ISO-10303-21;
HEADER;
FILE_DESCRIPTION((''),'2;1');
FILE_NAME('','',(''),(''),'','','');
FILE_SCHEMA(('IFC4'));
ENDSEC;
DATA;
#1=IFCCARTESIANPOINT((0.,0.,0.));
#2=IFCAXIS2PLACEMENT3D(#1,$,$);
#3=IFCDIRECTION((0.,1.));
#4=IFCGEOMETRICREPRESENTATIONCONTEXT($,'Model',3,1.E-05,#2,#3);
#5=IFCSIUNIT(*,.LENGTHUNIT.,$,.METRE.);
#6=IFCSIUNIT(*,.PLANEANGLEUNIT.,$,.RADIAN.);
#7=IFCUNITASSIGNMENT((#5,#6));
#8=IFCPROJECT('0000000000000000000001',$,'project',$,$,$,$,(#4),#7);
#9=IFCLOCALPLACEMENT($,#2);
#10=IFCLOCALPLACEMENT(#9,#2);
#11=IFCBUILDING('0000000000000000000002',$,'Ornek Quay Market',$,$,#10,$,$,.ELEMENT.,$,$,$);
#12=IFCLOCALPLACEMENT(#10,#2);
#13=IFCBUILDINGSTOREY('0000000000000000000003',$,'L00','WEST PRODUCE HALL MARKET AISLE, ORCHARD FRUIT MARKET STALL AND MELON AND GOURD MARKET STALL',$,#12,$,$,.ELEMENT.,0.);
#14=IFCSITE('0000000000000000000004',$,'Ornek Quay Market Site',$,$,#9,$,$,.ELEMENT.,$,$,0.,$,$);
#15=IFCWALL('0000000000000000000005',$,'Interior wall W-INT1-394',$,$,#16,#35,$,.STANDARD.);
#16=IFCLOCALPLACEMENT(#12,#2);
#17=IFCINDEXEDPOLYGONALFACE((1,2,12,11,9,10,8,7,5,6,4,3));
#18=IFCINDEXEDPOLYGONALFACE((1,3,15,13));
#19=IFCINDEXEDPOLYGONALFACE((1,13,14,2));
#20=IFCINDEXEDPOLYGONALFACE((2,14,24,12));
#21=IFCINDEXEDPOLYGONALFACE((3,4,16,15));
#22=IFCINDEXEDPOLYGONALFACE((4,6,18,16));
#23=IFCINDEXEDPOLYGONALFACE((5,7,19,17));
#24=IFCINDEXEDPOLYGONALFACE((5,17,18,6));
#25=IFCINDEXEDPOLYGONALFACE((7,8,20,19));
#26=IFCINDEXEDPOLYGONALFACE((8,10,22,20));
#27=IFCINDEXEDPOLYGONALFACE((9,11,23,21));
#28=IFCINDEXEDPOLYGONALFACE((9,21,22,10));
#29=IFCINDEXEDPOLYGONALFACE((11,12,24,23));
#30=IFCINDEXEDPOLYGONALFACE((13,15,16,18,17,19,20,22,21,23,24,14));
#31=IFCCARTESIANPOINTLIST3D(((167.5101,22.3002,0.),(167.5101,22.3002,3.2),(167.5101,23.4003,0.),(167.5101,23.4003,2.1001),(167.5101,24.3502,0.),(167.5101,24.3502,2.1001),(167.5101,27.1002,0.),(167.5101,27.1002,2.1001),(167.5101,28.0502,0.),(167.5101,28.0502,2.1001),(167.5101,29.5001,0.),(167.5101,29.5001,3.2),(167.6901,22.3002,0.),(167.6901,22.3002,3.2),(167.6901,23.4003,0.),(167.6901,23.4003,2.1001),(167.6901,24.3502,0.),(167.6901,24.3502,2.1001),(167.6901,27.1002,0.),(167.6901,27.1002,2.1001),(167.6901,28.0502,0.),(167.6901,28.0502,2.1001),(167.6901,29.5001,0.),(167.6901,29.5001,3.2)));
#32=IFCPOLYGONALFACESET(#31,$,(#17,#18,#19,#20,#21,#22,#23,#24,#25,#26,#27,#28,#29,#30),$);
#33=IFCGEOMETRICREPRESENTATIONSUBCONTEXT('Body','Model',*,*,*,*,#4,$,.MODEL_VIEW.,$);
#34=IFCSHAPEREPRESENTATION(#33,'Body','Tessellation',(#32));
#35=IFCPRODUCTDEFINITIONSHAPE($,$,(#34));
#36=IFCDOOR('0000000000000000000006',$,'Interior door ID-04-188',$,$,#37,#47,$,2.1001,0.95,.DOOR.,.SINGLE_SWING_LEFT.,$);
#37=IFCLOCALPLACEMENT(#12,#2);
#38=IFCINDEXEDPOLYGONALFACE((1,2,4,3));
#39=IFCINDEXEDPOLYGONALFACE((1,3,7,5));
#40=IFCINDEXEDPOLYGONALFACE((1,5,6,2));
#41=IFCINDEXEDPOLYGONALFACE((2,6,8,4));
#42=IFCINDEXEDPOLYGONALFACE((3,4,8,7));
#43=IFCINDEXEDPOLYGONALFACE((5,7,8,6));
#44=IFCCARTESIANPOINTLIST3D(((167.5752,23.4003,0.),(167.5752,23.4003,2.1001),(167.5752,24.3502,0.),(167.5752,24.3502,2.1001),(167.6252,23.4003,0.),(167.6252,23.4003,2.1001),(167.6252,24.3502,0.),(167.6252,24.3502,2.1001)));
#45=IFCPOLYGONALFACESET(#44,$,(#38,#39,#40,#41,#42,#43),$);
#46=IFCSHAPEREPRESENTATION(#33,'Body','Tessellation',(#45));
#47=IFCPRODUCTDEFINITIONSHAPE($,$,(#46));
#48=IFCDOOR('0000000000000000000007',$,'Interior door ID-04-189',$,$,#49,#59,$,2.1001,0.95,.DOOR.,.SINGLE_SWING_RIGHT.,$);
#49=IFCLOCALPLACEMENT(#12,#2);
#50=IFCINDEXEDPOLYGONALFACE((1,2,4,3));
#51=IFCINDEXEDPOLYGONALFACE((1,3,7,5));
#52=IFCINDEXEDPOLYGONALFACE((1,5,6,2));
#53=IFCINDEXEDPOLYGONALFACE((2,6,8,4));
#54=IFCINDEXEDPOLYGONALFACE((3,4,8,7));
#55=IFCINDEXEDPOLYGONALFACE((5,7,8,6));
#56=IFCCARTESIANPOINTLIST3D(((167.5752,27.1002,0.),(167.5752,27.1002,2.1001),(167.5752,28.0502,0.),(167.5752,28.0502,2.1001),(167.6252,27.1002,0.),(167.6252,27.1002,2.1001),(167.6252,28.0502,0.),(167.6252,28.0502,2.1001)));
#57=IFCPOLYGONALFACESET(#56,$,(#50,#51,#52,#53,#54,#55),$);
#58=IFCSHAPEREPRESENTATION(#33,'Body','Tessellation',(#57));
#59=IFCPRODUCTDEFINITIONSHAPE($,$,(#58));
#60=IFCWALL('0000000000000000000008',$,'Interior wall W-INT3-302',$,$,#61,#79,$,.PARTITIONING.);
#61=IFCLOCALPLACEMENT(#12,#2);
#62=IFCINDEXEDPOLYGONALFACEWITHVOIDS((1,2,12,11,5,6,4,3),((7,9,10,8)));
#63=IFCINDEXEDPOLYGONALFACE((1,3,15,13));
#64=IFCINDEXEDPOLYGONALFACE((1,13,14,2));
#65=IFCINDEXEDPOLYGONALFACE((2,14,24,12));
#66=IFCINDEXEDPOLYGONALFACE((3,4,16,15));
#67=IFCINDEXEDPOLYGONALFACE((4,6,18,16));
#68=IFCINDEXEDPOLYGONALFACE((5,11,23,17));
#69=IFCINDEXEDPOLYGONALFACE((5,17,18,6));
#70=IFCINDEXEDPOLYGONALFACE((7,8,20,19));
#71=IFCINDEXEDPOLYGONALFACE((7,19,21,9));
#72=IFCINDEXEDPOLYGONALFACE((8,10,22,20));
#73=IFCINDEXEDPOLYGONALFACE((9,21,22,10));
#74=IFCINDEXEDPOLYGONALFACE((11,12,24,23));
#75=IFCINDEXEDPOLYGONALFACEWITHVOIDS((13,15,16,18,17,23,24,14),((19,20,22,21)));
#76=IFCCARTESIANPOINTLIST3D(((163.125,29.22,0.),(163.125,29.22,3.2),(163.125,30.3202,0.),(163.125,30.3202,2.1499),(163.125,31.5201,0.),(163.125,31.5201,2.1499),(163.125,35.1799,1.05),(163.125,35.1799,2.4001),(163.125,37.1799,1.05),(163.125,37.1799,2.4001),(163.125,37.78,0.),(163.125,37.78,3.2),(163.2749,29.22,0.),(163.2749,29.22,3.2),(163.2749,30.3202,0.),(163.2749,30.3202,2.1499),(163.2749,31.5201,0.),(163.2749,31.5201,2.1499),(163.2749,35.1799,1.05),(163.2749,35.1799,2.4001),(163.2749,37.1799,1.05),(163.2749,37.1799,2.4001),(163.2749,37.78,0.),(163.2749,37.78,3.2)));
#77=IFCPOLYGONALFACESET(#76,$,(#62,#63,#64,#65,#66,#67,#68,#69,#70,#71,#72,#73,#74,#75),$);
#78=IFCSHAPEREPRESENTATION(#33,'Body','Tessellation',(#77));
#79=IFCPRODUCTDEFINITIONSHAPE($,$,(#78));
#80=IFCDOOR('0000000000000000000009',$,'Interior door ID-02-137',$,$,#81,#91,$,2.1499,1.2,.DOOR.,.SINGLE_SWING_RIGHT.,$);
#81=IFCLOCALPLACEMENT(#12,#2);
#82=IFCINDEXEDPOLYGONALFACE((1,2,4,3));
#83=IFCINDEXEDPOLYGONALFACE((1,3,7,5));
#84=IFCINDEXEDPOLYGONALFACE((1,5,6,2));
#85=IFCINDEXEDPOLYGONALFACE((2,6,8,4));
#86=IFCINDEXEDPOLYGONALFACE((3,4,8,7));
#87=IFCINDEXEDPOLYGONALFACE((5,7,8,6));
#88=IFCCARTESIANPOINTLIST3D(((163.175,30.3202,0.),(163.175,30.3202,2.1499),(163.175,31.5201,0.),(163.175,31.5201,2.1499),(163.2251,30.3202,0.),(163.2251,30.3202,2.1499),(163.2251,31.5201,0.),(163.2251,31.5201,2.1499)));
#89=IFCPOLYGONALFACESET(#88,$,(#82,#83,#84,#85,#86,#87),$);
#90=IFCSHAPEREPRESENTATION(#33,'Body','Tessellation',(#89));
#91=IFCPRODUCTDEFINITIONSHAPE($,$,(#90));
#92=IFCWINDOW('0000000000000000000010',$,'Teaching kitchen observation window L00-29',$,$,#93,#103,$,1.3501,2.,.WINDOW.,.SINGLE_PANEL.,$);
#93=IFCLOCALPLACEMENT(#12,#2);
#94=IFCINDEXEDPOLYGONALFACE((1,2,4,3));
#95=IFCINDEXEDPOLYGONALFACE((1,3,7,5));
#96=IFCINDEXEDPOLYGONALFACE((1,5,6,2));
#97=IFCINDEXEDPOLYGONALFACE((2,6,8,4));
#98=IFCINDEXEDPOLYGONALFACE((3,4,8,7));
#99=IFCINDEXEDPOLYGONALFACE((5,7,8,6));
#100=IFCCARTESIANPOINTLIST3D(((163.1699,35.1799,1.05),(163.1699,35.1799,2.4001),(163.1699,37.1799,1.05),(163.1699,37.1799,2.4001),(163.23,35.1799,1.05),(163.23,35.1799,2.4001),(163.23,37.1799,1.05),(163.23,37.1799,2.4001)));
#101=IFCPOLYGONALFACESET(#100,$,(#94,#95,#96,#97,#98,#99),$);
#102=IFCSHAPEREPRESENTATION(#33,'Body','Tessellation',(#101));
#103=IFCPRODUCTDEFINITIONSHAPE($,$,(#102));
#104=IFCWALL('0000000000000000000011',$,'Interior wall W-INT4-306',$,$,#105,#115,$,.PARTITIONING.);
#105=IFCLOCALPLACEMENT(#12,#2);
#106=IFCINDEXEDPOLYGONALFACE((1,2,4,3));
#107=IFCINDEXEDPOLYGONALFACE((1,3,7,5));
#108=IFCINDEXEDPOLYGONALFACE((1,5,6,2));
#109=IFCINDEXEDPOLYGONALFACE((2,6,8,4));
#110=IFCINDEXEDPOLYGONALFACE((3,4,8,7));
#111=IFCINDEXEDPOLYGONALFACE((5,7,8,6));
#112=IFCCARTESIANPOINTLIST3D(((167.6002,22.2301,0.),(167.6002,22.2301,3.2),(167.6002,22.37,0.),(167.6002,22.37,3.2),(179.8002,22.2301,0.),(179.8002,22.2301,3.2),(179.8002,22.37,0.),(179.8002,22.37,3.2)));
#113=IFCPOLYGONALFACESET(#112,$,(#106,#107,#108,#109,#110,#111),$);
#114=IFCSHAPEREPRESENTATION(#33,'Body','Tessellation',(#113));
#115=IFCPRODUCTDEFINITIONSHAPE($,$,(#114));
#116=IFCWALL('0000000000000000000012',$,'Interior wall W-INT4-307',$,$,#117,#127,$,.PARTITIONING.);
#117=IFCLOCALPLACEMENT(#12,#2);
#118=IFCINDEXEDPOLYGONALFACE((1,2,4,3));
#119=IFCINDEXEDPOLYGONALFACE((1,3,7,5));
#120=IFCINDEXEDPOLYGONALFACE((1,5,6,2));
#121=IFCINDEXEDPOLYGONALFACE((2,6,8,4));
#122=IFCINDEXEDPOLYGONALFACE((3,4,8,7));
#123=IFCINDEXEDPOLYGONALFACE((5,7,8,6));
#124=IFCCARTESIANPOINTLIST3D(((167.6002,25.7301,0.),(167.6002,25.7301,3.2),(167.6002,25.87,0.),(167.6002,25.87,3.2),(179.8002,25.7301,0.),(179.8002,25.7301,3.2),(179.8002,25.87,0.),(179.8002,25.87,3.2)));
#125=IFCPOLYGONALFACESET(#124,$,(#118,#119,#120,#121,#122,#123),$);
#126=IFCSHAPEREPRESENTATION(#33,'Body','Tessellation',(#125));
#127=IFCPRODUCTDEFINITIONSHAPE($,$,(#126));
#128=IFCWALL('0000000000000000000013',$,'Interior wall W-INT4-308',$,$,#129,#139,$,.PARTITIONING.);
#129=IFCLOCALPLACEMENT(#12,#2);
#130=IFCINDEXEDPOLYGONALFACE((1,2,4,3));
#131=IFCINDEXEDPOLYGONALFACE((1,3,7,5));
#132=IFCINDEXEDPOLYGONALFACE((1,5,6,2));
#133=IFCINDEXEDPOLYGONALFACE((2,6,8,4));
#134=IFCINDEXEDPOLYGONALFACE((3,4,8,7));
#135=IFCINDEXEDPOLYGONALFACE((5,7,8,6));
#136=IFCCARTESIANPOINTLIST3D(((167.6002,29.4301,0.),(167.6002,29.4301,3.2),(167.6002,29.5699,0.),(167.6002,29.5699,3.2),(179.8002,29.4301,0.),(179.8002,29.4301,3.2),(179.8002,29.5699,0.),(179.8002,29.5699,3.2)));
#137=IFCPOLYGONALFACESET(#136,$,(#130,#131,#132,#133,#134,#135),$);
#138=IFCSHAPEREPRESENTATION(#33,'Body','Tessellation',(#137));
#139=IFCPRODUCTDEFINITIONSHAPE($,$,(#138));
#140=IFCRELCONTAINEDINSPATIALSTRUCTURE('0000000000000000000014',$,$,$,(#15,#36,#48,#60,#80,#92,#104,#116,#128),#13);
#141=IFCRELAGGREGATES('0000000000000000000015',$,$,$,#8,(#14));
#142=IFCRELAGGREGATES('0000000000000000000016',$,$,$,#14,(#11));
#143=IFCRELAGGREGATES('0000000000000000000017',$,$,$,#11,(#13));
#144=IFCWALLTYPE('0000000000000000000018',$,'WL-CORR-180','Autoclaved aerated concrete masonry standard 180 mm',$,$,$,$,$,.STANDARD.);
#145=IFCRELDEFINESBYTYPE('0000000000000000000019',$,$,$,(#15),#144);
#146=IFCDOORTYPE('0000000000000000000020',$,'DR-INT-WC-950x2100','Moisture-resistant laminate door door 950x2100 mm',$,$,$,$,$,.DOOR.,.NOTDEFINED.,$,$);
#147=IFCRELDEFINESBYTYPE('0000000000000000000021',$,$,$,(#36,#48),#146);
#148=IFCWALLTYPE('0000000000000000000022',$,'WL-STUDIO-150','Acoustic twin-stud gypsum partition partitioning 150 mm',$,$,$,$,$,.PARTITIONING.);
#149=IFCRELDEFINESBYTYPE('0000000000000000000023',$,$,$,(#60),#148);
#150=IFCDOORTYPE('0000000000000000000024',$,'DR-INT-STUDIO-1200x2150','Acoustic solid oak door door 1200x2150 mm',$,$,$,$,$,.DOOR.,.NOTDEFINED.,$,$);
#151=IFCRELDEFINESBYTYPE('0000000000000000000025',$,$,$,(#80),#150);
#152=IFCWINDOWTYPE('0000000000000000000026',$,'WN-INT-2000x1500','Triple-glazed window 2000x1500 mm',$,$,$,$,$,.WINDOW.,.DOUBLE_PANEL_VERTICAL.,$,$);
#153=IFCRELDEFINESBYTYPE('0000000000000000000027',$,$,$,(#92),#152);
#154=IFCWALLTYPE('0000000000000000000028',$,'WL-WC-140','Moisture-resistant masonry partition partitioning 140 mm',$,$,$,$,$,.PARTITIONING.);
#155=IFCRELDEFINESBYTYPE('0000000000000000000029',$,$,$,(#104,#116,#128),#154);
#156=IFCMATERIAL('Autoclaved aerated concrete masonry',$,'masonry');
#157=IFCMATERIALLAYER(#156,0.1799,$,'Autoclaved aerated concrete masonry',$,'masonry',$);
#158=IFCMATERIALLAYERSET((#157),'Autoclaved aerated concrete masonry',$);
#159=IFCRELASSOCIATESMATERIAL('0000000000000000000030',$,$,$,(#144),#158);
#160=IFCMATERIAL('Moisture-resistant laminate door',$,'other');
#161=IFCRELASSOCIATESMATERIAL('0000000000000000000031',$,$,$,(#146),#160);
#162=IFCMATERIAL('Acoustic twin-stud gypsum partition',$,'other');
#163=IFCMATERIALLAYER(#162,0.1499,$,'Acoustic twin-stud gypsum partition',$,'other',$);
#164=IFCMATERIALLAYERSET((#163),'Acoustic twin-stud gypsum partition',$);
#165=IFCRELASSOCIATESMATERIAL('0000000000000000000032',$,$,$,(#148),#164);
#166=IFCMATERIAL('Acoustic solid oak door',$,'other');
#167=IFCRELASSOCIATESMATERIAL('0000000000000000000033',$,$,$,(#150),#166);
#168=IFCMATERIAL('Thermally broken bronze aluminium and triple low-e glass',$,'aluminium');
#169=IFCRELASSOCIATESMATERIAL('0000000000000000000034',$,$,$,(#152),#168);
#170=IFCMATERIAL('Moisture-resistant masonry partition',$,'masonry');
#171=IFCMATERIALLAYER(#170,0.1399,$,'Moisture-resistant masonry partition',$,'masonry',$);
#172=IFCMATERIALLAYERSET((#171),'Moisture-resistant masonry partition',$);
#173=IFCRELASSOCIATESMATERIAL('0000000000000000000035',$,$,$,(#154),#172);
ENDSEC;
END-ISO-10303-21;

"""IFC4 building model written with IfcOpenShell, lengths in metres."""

from ifc_helpers import new_model, si_unit, direction, frame, frame_2d, origin, place, context, subcontext, project, spatial, rectangle, extrude, material, layer, layer_set, type_object, element, fill, save


model = new_model("IFC4")

# Units and contexts
model_context = context("Model", 3, precision=1e-05, world=origin(), true_north=direction((0.0, 1.0)))
body_context = subcontext(model_context, "Body", "Model", "MODEL_VIEW")
ifc_project = project(units=[si_unit("LENGTHUNIT", "METRE"), si_unit("PLANEANGLEUNIT", "RADIAN")], contexts=[model_context])

# Site, building, storey
site_placement = place(None, origin())
site = spatial("IfcSite", under=ifc_project, at=site_placement, Name="Ornek Quay Market Site", CompositionType="ELEMENT", RefElevation=0.0)
building_placement = place(site_placement, origin())
building = spatial("IfcBuilding", under=site, at=building_placement, Name="Ornek Quay Market", CompositionType="ELEMENT")
storey_placement = place(building_placement, origin())
storey = spatial("IfcBuildingStorey", under=building, at=storey_placement, Name="L00", Description="WEST PRODUCE HALL MARKET AISLE, ORCHARD FRUIT MARKET STALL AND MELON AND GOURD MARKET STALL", CompositionType="ELEMENT", Elevation=0.0)

# Wall, openings, doors
ifc_material_1 = material(Name="Autoclaved aerated concrete masonry", Category="masonry")
ifc_layer_1 = layer(ifc_material_1, 0.1799, Name="Autoclaved aerated concrete masonry", Category="masonry")
ifc_layer_set_1 = layer_set([ifc_layer_1], Name="Autoclaved aerated concrete masonry")
wall_type_1 = type_object("IfcWallType", Name="WL-CORR-180", Description="Autoclaved aerated concrete masonry standard 180 mm", PredefinedType="STANDARD", material=ifc_layer_set_1)
wall_1_placement = place(storey_placement, frame((167.6001, 22.3, 0.0), z_axis=(0.0, 0.0, 1.0), x_axis=(0.0, 1.0, 0.0)))
wall_1 = element("IfcWall", 1, at=wall_1_placement, inside=storey, type_object=wall_type_1, Name="Interior wall W-INT1-394", PredefinedType="STANDARD", context=body_context, shape_type="SweptSolid", body=[
    extrude(rectangle(XDim=7.2, YDim=0.1799, at=frame_2d((3.6001, 0.0))), origin(), (0.0, 0.0, 1.0), 3.2),
])
opening_1_placement = place(wall_1_placement, frame((1.1001, 0.0, 0.0)))
opening_1 = element("IfcOpeningElement", 2, at=opening_1_placement, cuts=wall_1, PredefinedType="OPENING", context=body_context, shape_type="SweptSolid", body=[
    extrude(rectangle(XDim=0.95, YDim=2.1001, at=frame_2d((0.4751, 1.05))), frame((0.0, 0.0999, 0.0), z_axis=(0.0, -1.0, 0.0), x_axis=(1.0, 0.0, 0.0)), (0.0, 0.0, 1.0), 0.2),
])
opening_2_placement = place(wall_1_placement, frame((4.8, 0.0, 0.0)))
opening_2 = element("IfcOpeningElement", 3, at=opening_2_placement, cuts=wall_1, PredefinedType="OPENING", context=body_context, shape_type="SweptSolid", body=[
    extrude(rectangle(XDim=0.95, YDim=2.1001, at=frame_2d((0.4751, 1.05))), frame((0.0, 0.0999, 0.0), z_axis=(0.0, -1.0, 0.0), x_axis=(1.0, 0.0, 0.0)), (0.0, 0.0, 1.0), 0.2),
])
ifc_material_2 = material(Name="Moisture-resistant laminate door", Category="other")
door_type_1 = type_object("IfcDoorType", Name="DR-INT-WC-950x2100", Description="Moisture-resistant laminate door door 950x2100 mm", OperationType="NOTDEFINED", PredefinedType="DOOR", material=ifc_material_2)
door_1_placement = place(opening_1_placement, origin())
door_1 = element("IfcDoor", 4, at=door_1_placement, inside=storey, type_object=door_type_1, Name="Interior door ID-04-188", OperationType="SINGLE_SWING_LEFT", OverallHeight=2.1001, OverallWidth=0.95, PredefinedType="DOOR", context=body_context, shape_type="SweptSolid", body=[
    extrude(rectangle(XDim=0.95, YDim=2.1001, at=frame_2d((0.4751, 1.05))), frame((0.0, 0.0249, 0.0), z_axis=(0.0, -1.0, 0.0), x_axis=(1.0, 0.0, 0.0)), (0.0, 0.0, 1.0), 0.05),
])
fill(opening_1, door_1)
door_2_placement = place(opening_2_placement, origin())
door_2 = element("IfcDoor", 5, at=door_2_placement, inside=storey, type_object=door_type_1, Name="Interior door ID-04-189", OperationType="SINGLE_SWING_RIGHT", OverallHeight=2.1001, OverallWidth=0.95, PredefinedType="DOOR", context=body_context, shape_type="SweptSolid", body=[
    extrude(rectangle(XDim=0.95, YDim=2.1001, at=frame_2d((0.4751, 1.05))), frame((0.0, 0.0249, 0.0), z_axis=(0.0, -1.0, 0.0), x_axis=(1.0, 0.0, 0.0)), (0.0, 0.0, 1.0), 0.05),
])
fill(opening_2, door_2)

# Wall, openings, door, window
ifc_material_3 = material(Name="Acoustic twin-stud gypsum partition", Category="other")
ifc_layer_2 = layer(ifc_material_3, 0.1499, Name="Acoustic twin-stud gypsum partition", Category="other")
ifc_layer_set_2 = layer_set([ifc_layer_2], Name="Acoustic twin-stud gypsum partition")
wall_type_2 = type_object("IfcWallType", Name="WL-STUDIO-150", Description="Acoustic twin-stud gypsum partition partitioning 150 mm", PredefinedType="PARTITIONING", material=ifc_layer_set_2)
wall_2_placement = place(storey_placement, frame((163.2, 29.22, 0.0), z_axis=(0.0, 0.0, 1.0), x_axis=(0.0, 1.0, 0.0)))
wall_2 = element("IfcWall", 6, at=wall_2_placement, inside=storey, type_object=wall_type_2, Name="Interior wall W-INT3-302", PredefinedType="PARTITIONING", context=body_context, shape_type="SweptSolid", body=[
    extrude(rectangle(XDim=8.5601, YDim=0.1499, at=frame_2d((4.28, 0.0))), origin(), (0.0, 0.0, 1.0), 3.2),
])
opening_3_placement = place(wall_2_placement, frame((1.1001, 0.0, 0.0)))
opening_3 = element("IfcOpeningElement", 7, at=opening_3_placement, cuts=wall_2, PredefinedType="OPENING", context=body_context, shape_type="SweptSolid", body=[
    extrude(rectangle(XDim=1.2, YDim=2.1499, at=frame_2d((0.6001, 1.075))), frame((0.0, 0.085, 0.0), z_axis=(0.0, -1.0, 0.0), x_axis=(1.0, 0.0, 0.0)), (0.0, 0.0, 1.0), 0.1699),
])
opening_4_placement = place(wall_2_placement, frame((5.96, 0.0, 1.05)))
opening_4 = element("IfcOpeningElement", 8, at=opening_4_placement, cuts=wall_2, PredefinedType="OPENING", context=body_context, shape_type="SweptSolid", body=[
    extrude(rectangle(XDim=2.0, YDim=1.3501, at=frame_2d((1.0, 0.675))), frame((0.0, 0.085, 0.0), z_axis=(0.0, -1.0, 0.0), x_axis=(1.0, 0.0, 0.0)), (0.0, 0.0, 1.0), 0.1699),
])
ifc_material_4 = material(Name="Acoustic solid oak door", Category="other")
door_type_2 = type_object("IfcDoorType", Name="DR-INT-STUDIO-1200x2150", Description="Acoustic solid oak door door 1200x2150 mm", OperationType="NOTDEFINED", PredefinedType="DOOR", material=ifc_material_4)
door_3_placement = place(opening_3_placement, origin())
door_3 = element("IfcDoor", 9, at=door_3_placement, inside=storey, type_object=door_type_2, Name="Interior door ID-02-137", OperationType="SINGLE_SWING_RIGHT", OverallHeight=2.1499, OverallWidth=1.2, PredefinedType="DOOR", context=body_context, shape_type="SweptSolid", body=[
    extrude(rectangle(XDim=1.2, YDim=2.1499, at=frame_2d((0.6001, 1.075))), frame((0.0, 0.0249, 0.0), z_axis=(0.0, -1.0, 0.0), x_axis=(1.0, 0.0, 0.0)), (0.0, 0.0, 1.0), 0.05),
])
fill(opening_3, door_3)
ifc_material_5 = material(Name="Thermally broken bronze aluminium and triple low-e glass", Category="aluminium")
window_type = type_object("IfcWindowType", Name="WN-INT-2000x1500", Description="Triple-glazed window 2000x1500 mm", PartitioningType="DOUBLE_PANEL_VERTICAL", PredefinedType="WINDOW", material=ifc_material_5)
window_placement = place(opening_4_placement, origin())
window = element("IfcWindow", 10, at=window_placement, inside=storey, type_object=window_type, Name="Teaching kitchen observation window L00-29", OverallHeight=1.3501, OverallWidth=2.0, PartitioningType="SINGLE_PANEL", PredefinedType="WINDOW", context=body_context, shape_type="SweptSolid", body=[
    extrude(rectangle(XDim=2.0, YDim=1.3501, at=frame_2d((1.0, 0.675))), frame((0.0, 0.03, 0.0), z_axis=(0.0, -1.0, 0.0), x_axis=(1.0, 0.0, 0.0)), (0.0, 0.0, 1.0), 0.0601),
])
fill(opening_4, window)

# Walls
ifc_material_6 = material(Name="Moisture-resistant masonry partition", Category="masonry")
ifc_layer_3 = layer(ifc_material_6, 0.1399, Name="Moisture-resistant masonry partition", Category="masonry")
ifc_layer_set_3 = layer_set([ifc_layer_3], Name="Moisture-resistant masonry partition")
wall_type_3 = type_object("IfcWallType", Name="WL-WC-140", Description="Moisture-resistant masonry partition partitioning 140 mm", PredefinedType="PARTITIONING", material=ifc_layer_set_3)
for number, where, z_axis, x_axis, name in (
    (11, (167.6001, 22.3, 0.0), (0.0, 0.0, 1.0), (1.0, 0.0, 0.0), "Interior wall W-INT4-306"),
    (12, (167.6001, 25.8, 0.0), (0.0, 0.0, 1.0), (1.0, 0.0, 0.0), "Interior wall W-INT4-307"),
    (13, (167.6001, 29.5, 0.0), (0.0, 0.0, 1.0), (1.0, 0.0, 0.0), "Interior wall W-INT4-308"),
):
    element("IfcWall", number, at=place(storey_placement, frame(where, z_axis=z_axis, x_axis=x_axis)), inside=storey, type_object=wall_type_3, Name=name, PredefinedType="PARTITIONING", context=body_context, shape_type="SweptSolid", body=[
        extrude(rectangle(XDim=12.2, YDim=0.1399, at=frame_2d((6.1001, 0.0))), origin(), (0.0, 0.0, 1.0), 3.2),
    ])

save(model, "model.ifc")
